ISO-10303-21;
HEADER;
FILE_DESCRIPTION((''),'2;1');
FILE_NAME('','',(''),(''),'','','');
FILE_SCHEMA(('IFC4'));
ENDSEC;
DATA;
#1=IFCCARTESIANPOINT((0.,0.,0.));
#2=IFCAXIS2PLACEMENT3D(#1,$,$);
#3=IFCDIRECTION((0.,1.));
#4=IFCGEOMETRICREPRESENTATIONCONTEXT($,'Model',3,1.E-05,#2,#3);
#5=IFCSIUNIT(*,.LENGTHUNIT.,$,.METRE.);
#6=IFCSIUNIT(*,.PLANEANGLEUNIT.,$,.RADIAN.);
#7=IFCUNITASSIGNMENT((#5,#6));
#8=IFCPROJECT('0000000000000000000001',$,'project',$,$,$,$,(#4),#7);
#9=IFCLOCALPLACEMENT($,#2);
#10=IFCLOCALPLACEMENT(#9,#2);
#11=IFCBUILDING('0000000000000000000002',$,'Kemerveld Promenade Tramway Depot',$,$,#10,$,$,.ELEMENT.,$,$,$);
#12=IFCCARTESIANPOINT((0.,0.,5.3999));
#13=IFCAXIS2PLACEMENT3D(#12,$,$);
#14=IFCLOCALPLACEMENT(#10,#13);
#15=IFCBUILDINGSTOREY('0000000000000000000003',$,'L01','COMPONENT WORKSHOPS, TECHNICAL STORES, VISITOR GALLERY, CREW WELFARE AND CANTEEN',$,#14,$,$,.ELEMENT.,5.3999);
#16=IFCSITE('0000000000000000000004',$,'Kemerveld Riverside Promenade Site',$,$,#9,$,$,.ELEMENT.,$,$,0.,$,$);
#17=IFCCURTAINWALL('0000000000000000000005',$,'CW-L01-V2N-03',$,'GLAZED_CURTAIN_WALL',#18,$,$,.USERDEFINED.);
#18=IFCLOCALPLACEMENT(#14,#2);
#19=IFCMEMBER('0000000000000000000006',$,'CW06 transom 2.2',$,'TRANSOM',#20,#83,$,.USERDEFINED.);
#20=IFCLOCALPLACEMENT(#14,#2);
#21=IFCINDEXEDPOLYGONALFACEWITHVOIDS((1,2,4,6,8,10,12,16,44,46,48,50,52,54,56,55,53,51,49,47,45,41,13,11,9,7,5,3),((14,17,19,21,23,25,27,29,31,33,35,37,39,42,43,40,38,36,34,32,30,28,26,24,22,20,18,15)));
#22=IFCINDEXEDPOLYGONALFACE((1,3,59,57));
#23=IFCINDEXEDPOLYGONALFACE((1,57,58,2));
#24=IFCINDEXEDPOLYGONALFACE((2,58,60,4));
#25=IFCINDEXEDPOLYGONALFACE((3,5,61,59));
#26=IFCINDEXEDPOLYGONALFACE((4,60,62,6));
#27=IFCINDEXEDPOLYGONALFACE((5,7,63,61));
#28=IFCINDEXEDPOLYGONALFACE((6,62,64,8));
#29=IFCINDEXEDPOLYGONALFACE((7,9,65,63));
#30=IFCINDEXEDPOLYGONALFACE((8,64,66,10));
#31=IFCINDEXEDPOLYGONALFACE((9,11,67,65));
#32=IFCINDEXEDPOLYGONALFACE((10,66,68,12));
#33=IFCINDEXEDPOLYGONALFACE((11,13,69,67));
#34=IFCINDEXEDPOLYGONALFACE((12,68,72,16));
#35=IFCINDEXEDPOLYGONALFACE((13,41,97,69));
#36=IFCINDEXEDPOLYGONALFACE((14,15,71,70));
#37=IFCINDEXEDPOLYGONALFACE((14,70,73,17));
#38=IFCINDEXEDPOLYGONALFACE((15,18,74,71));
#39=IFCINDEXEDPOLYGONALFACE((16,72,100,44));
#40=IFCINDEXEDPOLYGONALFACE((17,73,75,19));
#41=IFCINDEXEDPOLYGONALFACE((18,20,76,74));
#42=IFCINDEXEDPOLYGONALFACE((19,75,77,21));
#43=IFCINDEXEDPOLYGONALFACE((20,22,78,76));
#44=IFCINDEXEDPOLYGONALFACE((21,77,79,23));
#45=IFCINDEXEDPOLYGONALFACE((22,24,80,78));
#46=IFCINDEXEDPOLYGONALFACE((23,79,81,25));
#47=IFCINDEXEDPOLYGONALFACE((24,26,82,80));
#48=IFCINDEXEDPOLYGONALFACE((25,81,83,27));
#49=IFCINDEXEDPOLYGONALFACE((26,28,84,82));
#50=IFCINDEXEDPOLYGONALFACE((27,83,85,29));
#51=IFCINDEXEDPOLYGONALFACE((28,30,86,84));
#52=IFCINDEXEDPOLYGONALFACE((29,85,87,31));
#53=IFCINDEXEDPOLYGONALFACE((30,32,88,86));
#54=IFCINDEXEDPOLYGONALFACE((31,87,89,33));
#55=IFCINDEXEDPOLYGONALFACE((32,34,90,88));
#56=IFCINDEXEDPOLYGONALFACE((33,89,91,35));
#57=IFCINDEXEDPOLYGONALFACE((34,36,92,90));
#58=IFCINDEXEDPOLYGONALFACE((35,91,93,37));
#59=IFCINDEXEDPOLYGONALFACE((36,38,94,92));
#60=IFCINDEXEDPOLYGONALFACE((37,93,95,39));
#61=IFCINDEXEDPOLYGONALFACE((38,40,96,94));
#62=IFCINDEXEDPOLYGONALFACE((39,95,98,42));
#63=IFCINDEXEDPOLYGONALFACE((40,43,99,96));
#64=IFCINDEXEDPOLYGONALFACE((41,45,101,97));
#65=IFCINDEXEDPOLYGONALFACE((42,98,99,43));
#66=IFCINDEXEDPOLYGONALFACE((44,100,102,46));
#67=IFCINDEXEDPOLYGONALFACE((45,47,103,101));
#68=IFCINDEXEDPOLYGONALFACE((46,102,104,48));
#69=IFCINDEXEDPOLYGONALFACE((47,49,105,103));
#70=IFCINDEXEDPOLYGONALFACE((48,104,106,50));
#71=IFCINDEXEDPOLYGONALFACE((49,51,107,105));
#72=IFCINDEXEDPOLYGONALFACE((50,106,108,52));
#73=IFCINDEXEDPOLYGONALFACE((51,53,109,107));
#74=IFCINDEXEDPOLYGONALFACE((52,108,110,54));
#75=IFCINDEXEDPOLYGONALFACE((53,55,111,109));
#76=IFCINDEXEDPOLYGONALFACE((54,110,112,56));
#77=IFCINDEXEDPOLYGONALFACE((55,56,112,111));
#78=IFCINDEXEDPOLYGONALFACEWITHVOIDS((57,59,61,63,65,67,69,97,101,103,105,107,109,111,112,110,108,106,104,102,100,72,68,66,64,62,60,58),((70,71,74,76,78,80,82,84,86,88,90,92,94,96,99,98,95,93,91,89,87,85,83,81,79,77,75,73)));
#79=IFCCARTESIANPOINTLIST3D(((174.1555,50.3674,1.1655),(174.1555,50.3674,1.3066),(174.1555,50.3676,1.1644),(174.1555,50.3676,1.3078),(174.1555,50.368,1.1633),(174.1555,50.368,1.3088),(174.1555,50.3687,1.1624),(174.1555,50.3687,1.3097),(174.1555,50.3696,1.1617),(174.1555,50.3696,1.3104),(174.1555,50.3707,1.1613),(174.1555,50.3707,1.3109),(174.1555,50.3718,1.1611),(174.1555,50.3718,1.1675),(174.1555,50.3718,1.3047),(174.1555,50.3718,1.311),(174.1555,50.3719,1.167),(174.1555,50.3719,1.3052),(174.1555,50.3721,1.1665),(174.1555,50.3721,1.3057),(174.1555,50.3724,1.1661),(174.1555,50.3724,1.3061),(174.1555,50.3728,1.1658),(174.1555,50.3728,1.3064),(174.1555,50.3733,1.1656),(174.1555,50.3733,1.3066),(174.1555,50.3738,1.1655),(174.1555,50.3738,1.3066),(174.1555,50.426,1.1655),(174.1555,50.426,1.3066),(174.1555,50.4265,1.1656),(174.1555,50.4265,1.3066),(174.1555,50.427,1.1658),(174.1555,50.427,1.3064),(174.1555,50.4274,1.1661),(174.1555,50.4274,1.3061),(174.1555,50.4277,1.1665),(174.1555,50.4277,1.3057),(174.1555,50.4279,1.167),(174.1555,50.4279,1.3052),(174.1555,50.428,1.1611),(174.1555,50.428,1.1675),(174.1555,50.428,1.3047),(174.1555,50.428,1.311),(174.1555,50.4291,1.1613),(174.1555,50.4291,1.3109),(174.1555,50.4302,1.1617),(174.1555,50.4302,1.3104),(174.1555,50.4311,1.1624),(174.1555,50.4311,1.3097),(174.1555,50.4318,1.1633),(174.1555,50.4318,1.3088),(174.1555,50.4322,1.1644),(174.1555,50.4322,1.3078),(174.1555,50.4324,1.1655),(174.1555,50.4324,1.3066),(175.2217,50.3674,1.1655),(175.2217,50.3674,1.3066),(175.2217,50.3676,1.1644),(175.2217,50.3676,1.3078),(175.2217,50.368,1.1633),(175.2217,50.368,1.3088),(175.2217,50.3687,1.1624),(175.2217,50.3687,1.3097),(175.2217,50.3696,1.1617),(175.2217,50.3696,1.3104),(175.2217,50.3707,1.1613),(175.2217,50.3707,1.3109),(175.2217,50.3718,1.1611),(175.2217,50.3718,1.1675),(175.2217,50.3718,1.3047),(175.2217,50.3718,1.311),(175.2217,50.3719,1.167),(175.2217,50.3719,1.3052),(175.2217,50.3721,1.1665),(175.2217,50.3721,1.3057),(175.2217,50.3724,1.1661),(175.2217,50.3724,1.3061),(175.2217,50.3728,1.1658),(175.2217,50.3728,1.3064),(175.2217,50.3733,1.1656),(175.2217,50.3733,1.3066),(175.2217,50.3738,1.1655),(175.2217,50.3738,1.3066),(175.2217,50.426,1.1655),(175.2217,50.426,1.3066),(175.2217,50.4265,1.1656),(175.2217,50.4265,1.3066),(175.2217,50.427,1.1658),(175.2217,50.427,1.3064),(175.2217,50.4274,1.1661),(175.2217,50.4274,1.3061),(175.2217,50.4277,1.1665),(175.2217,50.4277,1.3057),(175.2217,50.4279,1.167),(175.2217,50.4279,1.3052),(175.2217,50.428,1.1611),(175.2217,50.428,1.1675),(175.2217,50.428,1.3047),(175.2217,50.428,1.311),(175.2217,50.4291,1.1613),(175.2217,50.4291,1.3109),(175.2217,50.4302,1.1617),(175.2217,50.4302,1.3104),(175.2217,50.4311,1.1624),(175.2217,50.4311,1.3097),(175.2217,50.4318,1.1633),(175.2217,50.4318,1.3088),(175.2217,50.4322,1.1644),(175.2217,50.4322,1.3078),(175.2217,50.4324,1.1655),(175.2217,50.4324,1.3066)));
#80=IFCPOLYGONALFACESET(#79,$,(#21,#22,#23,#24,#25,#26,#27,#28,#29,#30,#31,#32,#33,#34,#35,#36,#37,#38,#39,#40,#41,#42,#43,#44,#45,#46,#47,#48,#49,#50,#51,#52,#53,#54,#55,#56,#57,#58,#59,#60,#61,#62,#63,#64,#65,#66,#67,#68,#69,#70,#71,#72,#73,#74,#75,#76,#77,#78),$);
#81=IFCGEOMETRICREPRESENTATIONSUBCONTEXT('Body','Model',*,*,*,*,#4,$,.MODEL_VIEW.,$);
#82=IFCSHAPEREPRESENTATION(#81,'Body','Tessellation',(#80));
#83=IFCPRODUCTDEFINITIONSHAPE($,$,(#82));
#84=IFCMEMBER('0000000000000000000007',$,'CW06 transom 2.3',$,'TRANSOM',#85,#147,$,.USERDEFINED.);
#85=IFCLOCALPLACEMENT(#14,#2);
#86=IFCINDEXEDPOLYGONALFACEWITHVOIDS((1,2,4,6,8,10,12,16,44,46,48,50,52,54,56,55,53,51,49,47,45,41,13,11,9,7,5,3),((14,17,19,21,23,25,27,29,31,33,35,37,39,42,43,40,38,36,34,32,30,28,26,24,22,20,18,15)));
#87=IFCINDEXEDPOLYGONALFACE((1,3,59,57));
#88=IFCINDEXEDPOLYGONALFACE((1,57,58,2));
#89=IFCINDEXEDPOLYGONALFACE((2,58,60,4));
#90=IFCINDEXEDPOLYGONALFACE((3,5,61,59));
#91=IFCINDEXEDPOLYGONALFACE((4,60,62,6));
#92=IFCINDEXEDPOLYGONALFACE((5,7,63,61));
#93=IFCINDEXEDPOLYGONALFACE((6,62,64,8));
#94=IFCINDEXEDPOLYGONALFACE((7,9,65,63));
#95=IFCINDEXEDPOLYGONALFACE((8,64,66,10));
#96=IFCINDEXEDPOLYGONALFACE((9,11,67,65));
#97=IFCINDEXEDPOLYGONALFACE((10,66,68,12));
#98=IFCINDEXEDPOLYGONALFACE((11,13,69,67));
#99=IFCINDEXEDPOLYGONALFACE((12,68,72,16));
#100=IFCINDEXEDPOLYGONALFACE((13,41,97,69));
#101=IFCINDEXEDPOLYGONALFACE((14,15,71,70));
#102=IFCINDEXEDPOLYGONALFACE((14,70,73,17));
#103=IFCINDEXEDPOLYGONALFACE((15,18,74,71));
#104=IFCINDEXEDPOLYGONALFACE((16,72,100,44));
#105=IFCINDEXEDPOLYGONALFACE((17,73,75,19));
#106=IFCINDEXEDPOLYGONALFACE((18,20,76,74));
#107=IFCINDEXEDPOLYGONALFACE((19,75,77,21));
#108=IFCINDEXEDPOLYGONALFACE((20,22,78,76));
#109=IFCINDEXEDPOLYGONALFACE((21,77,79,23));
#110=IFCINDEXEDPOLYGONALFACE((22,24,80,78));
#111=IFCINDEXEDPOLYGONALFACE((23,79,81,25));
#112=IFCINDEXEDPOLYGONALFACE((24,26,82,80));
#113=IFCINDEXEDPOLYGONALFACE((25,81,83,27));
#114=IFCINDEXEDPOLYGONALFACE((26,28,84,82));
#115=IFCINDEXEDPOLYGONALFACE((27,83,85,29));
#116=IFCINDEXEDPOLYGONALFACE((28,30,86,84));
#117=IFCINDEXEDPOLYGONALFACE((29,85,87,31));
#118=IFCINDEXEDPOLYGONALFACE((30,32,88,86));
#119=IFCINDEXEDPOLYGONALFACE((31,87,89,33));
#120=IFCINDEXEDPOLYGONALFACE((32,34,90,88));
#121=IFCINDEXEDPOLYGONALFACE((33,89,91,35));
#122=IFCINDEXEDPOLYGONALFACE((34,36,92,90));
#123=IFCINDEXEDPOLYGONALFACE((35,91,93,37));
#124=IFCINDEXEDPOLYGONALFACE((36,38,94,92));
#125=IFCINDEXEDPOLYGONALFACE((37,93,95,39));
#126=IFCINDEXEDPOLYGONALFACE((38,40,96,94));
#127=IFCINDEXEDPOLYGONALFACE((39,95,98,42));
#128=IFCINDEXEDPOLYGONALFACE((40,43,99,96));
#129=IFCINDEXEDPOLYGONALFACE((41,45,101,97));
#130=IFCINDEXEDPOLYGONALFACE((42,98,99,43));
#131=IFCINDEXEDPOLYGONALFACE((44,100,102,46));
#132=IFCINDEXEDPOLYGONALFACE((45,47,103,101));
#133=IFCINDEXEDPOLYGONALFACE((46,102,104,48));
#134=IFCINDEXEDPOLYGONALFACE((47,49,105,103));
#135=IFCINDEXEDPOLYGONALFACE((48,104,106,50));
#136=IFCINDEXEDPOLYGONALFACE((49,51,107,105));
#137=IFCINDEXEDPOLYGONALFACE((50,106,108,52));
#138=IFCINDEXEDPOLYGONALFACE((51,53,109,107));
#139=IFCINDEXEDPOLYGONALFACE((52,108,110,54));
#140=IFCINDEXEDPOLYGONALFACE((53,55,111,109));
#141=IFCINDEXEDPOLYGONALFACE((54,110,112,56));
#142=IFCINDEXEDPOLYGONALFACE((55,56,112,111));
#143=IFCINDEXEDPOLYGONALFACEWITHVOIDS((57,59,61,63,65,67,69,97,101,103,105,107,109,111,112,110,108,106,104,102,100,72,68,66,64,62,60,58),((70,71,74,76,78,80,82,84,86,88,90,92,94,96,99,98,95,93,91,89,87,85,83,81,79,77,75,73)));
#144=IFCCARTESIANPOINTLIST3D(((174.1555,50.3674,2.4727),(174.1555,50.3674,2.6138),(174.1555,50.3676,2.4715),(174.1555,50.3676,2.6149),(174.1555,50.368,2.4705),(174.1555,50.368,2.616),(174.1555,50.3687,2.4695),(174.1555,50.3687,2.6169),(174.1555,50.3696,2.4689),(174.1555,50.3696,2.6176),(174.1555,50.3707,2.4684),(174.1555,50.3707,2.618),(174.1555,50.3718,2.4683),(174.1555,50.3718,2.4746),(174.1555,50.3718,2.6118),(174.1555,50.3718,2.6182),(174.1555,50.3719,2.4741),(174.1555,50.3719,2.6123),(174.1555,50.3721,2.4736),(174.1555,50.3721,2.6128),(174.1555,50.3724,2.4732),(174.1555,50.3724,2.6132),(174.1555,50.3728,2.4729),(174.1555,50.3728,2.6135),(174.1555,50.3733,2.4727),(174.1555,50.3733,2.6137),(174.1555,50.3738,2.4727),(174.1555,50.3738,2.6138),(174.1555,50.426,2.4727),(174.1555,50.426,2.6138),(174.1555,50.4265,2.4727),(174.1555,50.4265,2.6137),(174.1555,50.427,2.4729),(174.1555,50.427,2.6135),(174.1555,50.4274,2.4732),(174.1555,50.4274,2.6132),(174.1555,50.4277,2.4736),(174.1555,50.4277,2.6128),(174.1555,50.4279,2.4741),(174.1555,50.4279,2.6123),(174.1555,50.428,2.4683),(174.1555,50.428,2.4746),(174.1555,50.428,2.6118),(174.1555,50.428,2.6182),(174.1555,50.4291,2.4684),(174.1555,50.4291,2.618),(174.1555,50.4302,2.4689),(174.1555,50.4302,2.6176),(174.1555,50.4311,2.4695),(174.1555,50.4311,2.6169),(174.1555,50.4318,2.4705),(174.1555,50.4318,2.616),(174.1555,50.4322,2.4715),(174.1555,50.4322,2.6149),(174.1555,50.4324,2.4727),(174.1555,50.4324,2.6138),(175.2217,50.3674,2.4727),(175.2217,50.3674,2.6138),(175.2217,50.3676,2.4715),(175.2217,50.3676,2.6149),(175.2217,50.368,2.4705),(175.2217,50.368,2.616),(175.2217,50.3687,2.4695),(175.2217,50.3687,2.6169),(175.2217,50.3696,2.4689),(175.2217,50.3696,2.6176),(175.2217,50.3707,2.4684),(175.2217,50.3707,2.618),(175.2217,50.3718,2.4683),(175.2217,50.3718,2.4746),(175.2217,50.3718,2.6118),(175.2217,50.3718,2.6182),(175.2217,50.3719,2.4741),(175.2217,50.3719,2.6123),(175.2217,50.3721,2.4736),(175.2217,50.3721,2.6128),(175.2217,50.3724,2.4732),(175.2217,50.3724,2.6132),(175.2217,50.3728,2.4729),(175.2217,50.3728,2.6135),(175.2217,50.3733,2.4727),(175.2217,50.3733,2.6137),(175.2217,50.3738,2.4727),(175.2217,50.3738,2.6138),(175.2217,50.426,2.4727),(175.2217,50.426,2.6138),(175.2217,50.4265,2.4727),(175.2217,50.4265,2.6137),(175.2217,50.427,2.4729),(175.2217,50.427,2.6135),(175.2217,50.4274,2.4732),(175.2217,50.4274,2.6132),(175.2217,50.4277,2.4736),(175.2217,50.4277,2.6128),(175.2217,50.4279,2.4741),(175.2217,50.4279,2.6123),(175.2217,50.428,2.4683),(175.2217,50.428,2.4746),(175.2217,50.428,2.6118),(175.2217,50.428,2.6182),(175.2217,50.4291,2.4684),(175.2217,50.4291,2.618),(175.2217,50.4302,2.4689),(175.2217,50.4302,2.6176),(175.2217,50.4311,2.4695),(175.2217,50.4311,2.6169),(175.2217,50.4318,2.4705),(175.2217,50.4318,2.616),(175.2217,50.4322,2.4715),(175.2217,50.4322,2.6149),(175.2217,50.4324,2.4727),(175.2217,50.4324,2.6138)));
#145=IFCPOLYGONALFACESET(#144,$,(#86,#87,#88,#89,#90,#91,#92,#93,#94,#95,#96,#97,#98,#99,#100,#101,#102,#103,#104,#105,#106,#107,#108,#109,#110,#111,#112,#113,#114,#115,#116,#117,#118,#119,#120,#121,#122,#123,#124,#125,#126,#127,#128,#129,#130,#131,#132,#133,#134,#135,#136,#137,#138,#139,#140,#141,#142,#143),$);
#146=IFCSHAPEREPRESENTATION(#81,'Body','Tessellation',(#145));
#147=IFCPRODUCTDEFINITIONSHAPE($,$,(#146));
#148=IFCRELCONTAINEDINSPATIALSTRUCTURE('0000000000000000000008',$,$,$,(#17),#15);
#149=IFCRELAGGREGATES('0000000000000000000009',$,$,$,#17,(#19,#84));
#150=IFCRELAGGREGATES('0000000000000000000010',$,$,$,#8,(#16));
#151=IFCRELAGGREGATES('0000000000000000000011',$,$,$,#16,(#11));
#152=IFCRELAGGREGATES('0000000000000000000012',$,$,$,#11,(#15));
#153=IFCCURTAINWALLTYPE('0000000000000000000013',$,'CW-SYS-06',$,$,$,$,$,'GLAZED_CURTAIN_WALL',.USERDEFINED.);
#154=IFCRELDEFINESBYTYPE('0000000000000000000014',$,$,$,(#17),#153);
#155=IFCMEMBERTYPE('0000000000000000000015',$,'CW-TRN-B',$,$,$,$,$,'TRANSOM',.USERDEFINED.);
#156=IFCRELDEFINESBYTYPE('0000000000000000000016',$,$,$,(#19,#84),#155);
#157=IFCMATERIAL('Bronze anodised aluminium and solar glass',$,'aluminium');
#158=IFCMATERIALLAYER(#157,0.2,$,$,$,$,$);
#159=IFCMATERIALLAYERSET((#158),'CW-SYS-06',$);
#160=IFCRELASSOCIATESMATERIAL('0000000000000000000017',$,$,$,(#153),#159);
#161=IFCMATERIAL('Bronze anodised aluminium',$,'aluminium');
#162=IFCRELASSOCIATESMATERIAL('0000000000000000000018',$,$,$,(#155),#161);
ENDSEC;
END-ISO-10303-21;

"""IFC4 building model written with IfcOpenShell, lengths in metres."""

from ifc_helpers import new_model, si_unit, direction, frame, origin, origin_2d, place, context, subcontext, project, spatial, hollow_rectangle, extrude, material, layer, layer_set, material_profile, profile_set, type_object, element, aggregate, save


model = new_model("IFC4")

# Units and contexts
model_context = context("Model", 3, precision=1e-05, world=origin(), true_north=direction((0.0, 1.0)))
body_context = subcontext(model_context, "Body", "Model", "MODEL_VIEW")
ifc_project = project(units=[si_unit("LENGTHUNIT", "METRE"), si_unit("PLANEANGLEUNIT", "RADIAN")], contexts=[model_context])

# Site, building, storey
site_placement = place(None, origin())
site = spatial("IfcSite", under=ifc_project, at=site_placement, Name="Kemerveld Riverside Promenade Site", CompositionType="ELEMENT", RefElevation=0.0)
building_placement = place(site_placement, origin())
building = spatial("IfcBuilding", under=site, at=building_placement, Name="Kemerveld Promenade Tramway Depot", CompositionType="ELEMENT")
storey_placement = place(building_placement, frame((0.0, 0.0, 5.3999)))
storey = spatial("IfcBuildingStorey", under=building, at=storey_placement, Name="L01", Description="COMPONENT WORKSHOPS, TECHNICAL STORES, VISITOR GALLERY, CREW WELFARE AND CANTEEN", CompositionType="ELEMENT", Elevation=5.3999)

# Curtain wall, members
ifc_material_1 = material(Name="Bronze anodised aluminium and solar glass", Category="aluminium")
ifc_layer_1 = layer(ifc_material_1, 0.2)
ifc_layer_set_1 = layer_set([ifc_layer_1], Name="CW-SYS-06")
curtain_wall_type = type_object("IfcCurtainWallType", Name="CW-SYS-06", ElementType="GLAZED_CURTAIN_WALL", PredefinedType="USERDEFINED", material=ifc_layer_set_1)
curtain_wall_placement = place(storey_placement, origin())
curtain_wall = element("IfcCurtainWall", 1, at=curtain_wall_placement, inside=storey, type_object=curtain_wall_type, Name="CW-L01-V2N-03", ObjectType="GLAZED_CURTAIN_WALL", PredefinedType="USERDEFINED")
ifc_material_2 = material(Name="Bronze anodised aluminium", Category="aluminium")
ifc_material_profile_1 = material_profile(ifc_material_2, hollow_rectangle(XDim=0.0649, YDim=0.1499, WallThickness=0.0044, InnerFilletRadius=0.002, OuterFilletRadius=0.0044, at=origin_2d()), Name="CW-TRN-150x65")
ifc_profile_set_1 = profile_set([ifc_material_profile_1], Name="Bronze anodised aluminium")
member_type_1 = type_object("IfcMemberType", Name="CW-TRN-B", ElementType="TRANSOM", PredefinedType="USERDEFINED", material=ifc_profile_set_1)
member_1_placement = place(storey_placement, frame((174.1555, 50.3999, 1.2361), z_axis=(1.0, 0.0, 0.0), x_axis=(0.0, 1.0, 0.0)))
member_1 = element("IfcMember", 2, at=member_1_placement, type_object=member_type_1, Name="CW06 transom 2.2", ObjectType="TRANSOM", PredefinedType="USERDEFINED", context=body_context, shape_type="SweptSolid", body=[
    extrude(hollow_rectangle(XDim=0.0649, YDim=0.1499, WallThickness=0.0044, InnerFilletRadius=0.002, OuterFilletRadius=0.0044, at=origin_2d()), origin(), (0.0, 0.0, 1.0), 1.0662),
])
member_2_placement = place(storey_placement, frame((174.1555, 50.3999, 2.5432), z_axis=(1.0, 0.0, 0.0), x_axis=(0.0, 1.0, 0.0)))
member_2 = element("IfcMember", 3, at=member_2_placement, type_object=member_type_1, Name="CW06 transom 2.3", ObjectType="TRANSOM", PredefinedType="USERDEFINED", context=body_context, shape_type="SweptSolid", body=[
    extrude(hollow_rectangle(XDim=0.0649, YDim=0.1499, WallThickness=0.0044, InnerFilletRadius=0.002, OuterFilletRadius=0.0044, at=origin_2d()), origin(), (0.0, 0.0, 1.0), 1.0662),
])

aggregate(curtain_wall, [member_1, member_2])

save(model, "model.ifc")
